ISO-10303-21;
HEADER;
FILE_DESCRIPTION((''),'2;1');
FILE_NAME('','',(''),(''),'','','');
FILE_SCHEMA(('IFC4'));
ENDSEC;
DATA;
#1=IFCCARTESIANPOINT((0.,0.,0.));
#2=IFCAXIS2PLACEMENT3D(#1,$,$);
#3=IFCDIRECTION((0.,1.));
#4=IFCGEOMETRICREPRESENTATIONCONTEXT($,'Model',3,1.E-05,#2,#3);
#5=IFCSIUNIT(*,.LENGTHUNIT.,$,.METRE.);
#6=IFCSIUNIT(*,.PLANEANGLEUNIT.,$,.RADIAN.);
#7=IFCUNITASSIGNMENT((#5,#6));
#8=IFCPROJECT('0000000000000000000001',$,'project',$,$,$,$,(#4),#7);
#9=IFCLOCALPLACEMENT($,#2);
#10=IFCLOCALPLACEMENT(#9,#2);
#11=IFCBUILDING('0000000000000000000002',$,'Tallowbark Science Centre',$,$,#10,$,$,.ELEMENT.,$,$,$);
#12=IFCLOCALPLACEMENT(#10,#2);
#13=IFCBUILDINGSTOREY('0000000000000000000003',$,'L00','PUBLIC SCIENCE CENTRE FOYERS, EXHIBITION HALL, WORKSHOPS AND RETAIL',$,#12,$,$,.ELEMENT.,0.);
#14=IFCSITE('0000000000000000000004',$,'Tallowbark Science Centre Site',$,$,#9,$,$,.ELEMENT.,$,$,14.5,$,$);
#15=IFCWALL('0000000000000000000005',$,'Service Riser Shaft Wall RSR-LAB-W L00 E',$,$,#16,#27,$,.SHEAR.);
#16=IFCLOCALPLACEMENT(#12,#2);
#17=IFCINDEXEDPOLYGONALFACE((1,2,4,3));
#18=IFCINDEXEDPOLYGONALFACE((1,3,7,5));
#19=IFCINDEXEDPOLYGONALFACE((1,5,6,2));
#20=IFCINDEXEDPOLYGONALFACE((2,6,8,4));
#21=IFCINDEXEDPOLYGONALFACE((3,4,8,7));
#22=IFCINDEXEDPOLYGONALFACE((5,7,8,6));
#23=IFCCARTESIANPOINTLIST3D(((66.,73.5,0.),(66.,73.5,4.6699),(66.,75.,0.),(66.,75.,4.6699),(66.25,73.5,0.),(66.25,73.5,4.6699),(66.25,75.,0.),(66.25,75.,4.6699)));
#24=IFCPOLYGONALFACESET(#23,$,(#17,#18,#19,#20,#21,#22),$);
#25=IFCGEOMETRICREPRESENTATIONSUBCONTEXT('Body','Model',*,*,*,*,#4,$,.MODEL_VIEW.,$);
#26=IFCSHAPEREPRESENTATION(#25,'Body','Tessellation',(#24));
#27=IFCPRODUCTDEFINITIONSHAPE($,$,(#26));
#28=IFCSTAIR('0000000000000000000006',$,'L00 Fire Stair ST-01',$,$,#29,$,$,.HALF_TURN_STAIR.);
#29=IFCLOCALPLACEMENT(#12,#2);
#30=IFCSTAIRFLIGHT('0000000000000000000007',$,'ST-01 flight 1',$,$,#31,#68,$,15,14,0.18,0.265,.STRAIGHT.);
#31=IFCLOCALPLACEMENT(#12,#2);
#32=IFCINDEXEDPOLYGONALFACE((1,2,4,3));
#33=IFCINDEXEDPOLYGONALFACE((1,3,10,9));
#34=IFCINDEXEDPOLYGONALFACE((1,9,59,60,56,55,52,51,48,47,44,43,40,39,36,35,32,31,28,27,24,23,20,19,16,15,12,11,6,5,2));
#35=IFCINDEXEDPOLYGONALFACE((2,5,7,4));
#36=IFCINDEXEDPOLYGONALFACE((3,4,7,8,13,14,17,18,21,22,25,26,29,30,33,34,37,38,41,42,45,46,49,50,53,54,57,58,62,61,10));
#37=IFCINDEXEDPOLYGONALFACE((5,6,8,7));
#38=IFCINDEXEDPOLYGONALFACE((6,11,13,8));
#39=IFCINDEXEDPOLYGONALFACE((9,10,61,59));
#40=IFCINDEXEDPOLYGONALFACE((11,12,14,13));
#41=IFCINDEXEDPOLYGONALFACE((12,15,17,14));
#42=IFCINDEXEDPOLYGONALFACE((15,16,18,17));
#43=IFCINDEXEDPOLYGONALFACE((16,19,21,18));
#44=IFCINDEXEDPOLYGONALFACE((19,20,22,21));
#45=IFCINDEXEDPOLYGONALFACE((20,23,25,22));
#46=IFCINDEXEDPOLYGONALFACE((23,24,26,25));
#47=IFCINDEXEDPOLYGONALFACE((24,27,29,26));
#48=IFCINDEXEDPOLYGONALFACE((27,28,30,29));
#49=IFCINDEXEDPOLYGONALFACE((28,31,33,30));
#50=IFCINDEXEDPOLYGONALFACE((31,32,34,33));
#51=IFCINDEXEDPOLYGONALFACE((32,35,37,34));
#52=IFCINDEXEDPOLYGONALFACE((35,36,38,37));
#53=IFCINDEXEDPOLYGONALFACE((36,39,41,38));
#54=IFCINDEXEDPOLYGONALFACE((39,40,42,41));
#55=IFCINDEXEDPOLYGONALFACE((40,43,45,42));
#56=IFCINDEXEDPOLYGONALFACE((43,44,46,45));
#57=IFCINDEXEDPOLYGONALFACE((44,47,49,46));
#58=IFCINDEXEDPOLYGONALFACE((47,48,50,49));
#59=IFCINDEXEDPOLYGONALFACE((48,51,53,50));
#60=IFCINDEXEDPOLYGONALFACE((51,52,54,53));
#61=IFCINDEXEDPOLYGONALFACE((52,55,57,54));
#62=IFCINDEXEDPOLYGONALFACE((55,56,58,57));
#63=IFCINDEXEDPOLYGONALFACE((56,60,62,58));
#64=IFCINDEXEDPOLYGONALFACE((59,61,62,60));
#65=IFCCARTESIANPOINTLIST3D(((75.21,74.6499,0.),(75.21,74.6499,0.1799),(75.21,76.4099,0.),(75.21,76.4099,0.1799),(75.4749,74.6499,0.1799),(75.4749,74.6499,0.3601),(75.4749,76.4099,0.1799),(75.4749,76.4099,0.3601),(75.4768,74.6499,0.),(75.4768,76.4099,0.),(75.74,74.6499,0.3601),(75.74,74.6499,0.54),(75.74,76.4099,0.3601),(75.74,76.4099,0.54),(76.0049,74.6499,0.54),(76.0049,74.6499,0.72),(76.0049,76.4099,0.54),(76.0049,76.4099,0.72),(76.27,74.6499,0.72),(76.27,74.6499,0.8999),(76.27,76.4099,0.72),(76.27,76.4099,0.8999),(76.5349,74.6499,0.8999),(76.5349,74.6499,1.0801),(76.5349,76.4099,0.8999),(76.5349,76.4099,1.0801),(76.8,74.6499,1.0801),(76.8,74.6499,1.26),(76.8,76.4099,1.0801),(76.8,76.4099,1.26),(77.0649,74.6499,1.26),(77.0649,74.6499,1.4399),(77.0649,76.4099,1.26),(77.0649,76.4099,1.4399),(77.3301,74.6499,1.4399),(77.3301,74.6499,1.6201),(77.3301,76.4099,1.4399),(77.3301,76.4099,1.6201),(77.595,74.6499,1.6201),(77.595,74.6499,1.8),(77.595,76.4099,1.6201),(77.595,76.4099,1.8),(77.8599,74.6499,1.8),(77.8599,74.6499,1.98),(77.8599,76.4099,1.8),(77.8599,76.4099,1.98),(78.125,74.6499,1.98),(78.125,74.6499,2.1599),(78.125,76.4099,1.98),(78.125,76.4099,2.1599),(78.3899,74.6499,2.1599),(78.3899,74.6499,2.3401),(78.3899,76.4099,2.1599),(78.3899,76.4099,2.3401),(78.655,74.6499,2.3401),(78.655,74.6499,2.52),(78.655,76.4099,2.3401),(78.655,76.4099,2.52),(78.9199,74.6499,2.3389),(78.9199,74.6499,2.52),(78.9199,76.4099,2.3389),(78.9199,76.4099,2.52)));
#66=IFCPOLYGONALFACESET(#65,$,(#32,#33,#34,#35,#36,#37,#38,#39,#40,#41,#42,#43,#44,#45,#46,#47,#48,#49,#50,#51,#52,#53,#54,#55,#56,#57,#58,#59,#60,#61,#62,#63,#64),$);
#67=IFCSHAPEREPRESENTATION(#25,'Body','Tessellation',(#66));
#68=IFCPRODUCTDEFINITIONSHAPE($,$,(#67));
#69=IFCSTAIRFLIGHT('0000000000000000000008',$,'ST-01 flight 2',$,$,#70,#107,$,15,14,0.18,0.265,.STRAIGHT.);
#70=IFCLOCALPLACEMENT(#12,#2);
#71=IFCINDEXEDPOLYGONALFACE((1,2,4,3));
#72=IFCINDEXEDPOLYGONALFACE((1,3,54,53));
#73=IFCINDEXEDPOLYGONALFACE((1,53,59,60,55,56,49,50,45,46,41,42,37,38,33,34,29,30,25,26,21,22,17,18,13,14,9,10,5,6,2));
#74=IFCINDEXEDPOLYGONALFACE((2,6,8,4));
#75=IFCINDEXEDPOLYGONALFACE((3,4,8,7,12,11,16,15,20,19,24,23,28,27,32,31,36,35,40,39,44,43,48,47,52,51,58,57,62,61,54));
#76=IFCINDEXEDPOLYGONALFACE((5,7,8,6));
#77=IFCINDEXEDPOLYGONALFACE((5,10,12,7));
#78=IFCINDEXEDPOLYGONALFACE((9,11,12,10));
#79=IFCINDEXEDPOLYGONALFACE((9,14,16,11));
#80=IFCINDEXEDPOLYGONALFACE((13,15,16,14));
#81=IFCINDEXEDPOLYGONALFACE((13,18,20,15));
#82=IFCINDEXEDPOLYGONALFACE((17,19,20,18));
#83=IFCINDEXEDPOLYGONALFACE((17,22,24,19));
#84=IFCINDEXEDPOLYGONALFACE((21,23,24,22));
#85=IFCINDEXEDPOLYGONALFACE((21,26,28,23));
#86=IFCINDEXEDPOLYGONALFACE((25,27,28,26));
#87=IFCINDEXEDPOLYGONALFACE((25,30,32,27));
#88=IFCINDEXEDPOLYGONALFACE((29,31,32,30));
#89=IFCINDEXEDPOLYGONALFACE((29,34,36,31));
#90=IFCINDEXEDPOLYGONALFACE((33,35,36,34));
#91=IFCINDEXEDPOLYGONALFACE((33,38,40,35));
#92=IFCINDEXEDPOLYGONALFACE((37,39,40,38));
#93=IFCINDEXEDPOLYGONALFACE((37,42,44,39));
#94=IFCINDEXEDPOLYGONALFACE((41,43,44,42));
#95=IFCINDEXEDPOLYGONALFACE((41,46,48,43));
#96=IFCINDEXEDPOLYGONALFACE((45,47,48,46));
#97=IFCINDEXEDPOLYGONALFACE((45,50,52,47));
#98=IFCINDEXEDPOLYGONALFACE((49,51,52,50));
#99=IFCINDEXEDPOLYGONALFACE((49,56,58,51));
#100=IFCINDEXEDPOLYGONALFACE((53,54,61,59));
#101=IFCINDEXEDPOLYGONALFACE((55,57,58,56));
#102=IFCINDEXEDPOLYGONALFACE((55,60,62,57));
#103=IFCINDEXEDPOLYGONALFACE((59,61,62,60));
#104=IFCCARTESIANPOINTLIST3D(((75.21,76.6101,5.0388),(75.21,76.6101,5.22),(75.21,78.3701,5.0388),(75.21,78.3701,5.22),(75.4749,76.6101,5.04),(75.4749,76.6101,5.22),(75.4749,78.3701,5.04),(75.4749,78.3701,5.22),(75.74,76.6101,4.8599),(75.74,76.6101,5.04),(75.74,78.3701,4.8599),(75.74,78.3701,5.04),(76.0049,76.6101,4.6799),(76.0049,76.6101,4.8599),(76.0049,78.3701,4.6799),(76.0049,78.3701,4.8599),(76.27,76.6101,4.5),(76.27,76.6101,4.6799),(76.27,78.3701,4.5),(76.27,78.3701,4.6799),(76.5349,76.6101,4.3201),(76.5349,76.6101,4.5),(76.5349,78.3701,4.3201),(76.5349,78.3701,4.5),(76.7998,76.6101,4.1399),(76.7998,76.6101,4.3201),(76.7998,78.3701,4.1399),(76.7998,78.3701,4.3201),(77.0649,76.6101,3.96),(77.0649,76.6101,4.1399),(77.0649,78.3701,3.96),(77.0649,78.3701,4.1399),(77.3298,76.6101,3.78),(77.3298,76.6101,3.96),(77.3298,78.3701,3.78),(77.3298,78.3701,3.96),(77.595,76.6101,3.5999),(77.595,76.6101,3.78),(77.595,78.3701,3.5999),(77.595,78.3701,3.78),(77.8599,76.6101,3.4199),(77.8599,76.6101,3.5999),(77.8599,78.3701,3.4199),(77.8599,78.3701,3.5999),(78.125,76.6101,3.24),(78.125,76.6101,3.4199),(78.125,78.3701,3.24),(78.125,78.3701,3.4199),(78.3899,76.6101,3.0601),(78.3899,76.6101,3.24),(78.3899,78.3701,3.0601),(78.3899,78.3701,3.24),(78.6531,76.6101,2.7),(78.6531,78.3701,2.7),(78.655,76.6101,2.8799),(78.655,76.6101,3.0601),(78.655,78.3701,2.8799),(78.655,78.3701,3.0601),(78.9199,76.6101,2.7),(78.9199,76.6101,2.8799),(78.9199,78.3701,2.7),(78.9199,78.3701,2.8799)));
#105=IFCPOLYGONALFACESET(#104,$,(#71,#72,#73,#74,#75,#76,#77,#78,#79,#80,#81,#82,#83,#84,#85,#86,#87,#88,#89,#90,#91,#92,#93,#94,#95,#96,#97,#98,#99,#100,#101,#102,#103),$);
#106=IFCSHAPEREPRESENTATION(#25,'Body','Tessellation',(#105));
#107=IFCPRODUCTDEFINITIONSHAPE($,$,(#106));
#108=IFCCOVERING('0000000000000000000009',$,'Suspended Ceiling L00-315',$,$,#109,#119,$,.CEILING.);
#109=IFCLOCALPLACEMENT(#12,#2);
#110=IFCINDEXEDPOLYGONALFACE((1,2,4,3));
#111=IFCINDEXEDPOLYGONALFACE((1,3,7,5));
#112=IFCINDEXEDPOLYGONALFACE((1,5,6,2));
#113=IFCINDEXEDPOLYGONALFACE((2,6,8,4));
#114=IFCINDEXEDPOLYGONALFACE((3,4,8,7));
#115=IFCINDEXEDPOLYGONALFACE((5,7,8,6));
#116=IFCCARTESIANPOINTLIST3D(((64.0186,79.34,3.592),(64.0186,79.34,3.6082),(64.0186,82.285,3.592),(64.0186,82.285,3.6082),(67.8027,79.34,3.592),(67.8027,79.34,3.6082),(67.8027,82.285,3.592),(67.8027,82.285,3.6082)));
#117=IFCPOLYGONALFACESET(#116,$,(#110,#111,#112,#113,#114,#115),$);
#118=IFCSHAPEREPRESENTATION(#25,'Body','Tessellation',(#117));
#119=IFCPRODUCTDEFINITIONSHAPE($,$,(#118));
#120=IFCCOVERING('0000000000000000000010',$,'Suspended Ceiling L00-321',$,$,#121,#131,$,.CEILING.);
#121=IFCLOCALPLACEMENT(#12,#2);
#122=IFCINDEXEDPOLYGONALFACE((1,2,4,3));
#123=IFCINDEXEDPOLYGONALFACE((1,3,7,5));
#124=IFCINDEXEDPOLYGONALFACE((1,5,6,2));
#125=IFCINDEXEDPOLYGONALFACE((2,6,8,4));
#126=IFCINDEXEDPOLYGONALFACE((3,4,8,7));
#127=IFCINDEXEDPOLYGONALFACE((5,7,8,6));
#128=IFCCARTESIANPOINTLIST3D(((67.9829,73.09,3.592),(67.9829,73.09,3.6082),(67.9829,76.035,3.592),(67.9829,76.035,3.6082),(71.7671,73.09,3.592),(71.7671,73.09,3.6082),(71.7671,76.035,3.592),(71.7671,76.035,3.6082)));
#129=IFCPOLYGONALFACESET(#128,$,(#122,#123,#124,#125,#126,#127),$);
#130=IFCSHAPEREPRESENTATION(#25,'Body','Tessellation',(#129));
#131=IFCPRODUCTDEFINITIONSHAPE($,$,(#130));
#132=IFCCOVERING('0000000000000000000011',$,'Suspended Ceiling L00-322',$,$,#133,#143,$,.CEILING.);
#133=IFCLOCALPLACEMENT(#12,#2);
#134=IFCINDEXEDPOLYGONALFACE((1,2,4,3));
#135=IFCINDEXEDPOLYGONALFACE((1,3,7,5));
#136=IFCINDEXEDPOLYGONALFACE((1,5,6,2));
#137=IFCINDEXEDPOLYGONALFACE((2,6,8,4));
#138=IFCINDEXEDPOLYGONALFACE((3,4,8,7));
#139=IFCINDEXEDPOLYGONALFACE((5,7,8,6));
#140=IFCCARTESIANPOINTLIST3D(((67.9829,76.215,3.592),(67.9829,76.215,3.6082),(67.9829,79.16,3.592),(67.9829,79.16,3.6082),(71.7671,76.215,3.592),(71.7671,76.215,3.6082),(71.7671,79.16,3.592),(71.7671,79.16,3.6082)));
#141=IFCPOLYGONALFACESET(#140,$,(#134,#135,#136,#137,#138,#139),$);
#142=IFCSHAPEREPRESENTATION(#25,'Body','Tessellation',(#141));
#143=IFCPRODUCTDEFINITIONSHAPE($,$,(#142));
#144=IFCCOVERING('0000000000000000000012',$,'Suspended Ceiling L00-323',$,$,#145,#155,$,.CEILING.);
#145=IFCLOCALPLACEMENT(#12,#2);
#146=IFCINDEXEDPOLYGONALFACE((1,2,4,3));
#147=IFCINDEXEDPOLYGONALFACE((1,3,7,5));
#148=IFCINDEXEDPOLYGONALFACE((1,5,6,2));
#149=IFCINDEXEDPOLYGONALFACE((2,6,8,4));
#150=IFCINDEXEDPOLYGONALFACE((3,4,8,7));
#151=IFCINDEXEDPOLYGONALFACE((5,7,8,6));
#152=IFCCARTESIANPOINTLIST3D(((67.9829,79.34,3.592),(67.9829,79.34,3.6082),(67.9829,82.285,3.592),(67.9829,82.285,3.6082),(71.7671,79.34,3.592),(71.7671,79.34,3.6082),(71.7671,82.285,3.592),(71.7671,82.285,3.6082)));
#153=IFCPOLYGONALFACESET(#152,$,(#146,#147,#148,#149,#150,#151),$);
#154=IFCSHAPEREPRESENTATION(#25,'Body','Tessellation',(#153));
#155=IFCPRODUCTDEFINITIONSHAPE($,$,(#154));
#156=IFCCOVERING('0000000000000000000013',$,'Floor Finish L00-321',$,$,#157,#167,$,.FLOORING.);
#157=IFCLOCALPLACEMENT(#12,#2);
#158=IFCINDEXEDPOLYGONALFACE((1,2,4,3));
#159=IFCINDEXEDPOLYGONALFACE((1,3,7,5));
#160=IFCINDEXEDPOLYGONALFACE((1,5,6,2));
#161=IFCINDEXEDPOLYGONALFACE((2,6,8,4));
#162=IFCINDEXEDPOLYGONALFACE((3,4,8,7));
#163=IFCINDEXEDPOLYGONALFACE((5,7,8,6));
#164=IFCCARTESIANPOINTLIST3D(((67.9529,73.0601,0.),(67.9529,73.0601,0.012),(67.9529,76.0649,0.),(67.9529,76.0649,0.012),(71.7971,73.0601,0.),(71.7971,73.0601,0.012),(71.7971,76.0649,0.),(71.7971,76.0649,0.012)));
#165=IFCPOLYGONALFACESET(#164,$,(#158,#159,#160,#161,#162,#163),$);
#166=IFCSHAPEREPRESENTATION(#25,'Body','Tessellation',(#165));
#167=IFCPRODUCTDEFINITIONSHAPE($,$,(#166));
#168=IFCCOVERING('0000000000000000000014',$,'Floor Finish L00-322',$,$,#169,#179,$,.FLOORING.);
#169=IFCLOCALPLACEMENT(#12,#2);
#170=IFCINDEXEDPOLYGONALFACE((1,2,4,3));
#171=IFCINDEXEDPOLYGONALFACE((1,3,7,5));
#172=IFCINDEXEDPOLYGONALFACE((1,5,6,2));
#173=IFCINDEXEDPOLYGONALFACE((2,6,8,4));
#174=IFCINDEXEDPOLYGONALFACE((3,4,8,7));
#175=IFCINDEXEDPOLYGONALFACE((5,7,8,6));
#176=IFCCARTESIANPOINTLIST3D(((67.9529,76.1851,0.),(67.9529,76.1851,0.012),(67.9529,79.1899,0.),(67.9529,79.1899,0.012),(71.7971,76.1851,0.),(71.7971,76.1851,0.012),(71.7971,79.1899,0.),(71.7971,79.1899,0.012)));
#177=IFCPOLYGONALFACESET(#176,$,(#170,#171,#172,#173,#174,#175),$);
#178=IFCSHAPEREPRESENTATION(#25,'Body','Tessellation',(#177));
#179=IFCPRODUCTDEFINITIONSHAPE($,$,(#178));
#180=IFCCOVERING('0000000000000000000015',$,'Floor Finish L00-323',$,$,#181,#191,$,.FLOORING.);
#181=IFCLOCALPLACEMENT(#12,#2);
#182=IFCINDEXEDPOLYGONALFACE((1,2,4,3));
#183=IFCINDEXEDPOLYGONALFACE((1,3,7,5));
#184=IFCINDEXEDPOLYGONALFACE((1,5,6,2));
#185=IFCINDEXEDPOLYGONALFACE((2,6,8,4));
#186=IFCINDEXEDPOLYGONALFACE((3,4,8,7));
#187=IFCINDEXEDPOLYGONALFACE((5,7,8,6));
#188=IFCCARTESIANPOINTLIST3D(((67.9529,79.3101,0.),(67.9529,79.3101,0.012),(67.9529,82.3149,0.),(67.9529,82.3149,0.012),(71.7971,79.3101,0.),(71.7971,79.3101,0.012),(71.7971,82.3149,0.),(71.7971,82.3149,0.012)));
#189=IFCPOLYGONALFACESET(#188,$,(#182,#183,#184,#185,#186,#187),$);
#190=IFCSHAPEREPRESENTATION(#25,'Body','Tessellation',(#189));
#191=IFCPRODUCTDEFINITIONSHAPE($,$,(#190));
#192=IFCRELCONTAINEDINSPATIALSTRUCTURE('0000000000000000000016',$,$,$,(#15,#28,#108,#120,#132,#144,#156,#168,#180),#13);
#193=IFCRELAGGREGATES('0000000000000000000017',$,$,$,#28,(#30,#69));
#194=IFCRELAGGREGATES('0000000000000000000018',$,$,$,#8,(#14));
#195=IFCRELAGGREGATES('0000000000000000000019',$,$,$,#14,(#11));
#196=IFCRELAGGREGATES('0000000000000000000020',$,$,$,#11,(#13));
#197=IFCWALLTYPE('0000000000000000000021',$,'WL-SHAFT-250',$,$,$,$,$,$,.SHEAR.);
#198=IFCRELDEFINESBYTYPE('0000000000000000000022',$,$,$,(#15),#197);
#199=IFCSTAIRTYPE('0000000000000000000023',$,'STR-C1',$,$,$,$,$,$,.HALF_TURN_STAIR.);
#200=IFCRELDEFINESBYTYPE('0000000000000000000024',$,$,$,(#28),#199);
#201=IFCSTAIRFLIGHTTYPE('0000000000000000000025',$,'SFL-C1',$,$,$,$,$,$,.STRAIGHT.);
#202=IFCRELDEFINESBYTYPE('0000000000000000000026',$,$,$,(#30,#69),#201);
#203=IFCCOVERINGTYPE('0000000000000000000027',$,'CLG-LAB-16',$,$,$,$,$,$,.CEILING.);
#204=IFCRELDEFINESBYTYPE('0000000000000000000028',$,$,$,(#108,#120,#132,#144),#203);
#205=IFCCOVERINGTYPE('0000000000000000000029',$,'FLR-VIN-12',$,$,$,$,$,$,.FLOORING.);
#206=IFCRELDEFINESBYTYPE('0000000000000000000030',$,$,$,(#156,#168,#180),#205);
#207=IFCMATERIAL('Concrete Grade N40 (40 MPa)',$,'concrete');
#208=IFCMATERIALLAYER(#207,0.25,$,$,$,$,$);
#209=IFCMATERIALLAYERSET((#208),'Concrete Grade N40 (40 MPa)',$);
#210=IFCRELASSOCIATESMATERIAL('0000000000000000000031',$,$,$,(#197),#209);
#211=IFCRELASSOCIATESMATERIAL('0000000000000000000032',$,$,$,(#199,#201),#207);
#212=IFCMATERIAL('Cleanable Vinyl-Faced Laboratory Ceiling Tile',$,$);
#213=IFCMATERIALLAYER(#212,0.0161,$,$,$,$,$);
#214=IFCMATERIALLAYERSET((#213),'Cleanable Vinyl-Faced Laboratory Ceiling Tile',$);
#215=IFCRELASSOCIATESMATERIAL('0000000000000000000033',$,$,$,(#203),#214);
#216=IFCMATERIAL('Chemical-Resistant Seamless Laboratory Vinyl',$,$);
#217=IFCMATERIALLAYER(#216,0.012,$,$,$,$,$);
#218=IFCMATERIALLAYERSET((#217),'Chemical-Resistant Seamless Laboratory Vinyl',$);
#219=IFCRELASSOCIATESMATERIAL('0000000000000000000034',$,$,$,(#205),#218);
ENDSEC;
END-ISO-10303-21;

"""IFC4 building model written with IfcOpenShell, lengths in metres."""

from ifc_helpers import new_model, si_unit, direction, frame, frame_2d, origin, origin_2d, place, context, subcontext, project, spatial, polyline, rectangle, outline, extrude, material, layer, layer_set, type_object, element, aggregate, save


model = new_model("IFC4")

# Units and contexts
model_context = context("Model", 3, precision=1e-05, world=origin(), true_north=direction((0.0, 1.0)))
body_context = subcontext(model_context, "Body", "Model", "MODEL_VIEW")
ifc_project = project(units=[si_unit("LENGTHUNIT", "METRE"), si_unit("PLANEANGLEUNIT", "RADIAN")], contexts=[model_context])

# Site, building, storey
site_placement = place(None, origin())
site = spatial("IfcSite", under=ifc_project, at=site_placement, Name="Tallowbark Science Centre Site", CompositionType="ELEMENT", RefElevation=14.5)
building_placement = place(site_placement, origin())
building = spatial("IfcBuilding", under=site, at=building_placement, Name="Tallowbark Science Centre", CompositionType="ELEMENT")
storey_placement = place(building_placement, origin())
storey = spatial("IfcBuildingStorey", under=building, at=storey_placement, Name="L00", Description="PUBLIC SCIENCE CENTRE FOYERS, EXHIBITION HALL, WORKSHOPS AND RETAIL", CompositionType="ELEMENT", Elevation=0.0)

# Shared definitions
ifc_material_1 = material(Name="Concrete Grade N40 (40 MPa)", Category="concrete")

# Wall
ifc_layer_1 = layer(ifc_material_1, 0.25)
ifc_layer_set_1 = layer_set([ifc_layer_1], Name="Concrete Grade N40 (40 MPa)")
wall_type_1 = type_object("IfcWallType", Name="WL-SHAFT-250", PredefinedType="SHEAR", material=ifc_layer_set_1)
wall_1_placement = place(storey_placement, frame((66.125, 73.5, 0.0), z_axis=(0.0, 0.0, 1.0), x_axis=(0.0, 1.0, 0.0)))
element("IfcWall", 1, at=wall_1_placement, inside=storey, type_object=wall_type_1, Name="Service Riser Shaft Wall RSR-LAB-W L00 E", PredefinedType="SHEAR", context=body_context, shape_type="SweptSolid", body=[
    extrude(rectangle(XDim=1.5, YDim=0.25, at=frame_2d((0.75, 0.0))), origin(), (0.0, 0.0, 1.0), 4.6699),
])

# Stair, stair flights
stair_type = type_object("IfcStairType", Name="STR-C1", PredefinedType="HALF_TURN_STAIR", material=ifc_material_1)
stair_placement = place(storey_placement, origin())
stair = element("IfcStair", 2, at=stair_placement, inside=storey, type_object=stair_type, Name="L00 Fire Stair ST-01", PredefinedType="HALF_TURN_STAIR")
stair_flight_type = type_object("IfcStairFlightType", Name="SFL-C1", PredefinedType="STRAIGHT", material=ifc_material_1)
stair_flight_1_placement = place(storey_placement, frame((75.21, 75.53, 0.0), z_axis=(0.0, 0.0, 1.0), x_axis=(1.0, 0.0, 0.0)))
stair_flight_1 = element("IfcStairFlight", 3, at=stair_flight_1_placement, type_object=stair_flight_type, Name="ST-01 flight 1", NumberOfRisers=15, NumberOfTreads=14, PredefinedType="STRAIGHT", RiserHeight=0.18, TreadLength=0.265, context=body_context, shape_type="SweptSolid", body=[
    extrude(outline(polyline([(0.0, 0.0), (0.0, 0.1799), (0.2649, 0.1799), (0.2649, 0.3601), (0.53, 0.3601), (0.53, 0.54), (0.7949, 0.54), (0.7949, 0.72), (1.0601, 0.72), (1.0601, 0.8999), (1.325, 0.8999), (1.325, 1.0801), (1.5901, 1.0801), (1.5901, 1.26), (1.855, 1.26), (1.855, 1.4399), (2.1201, 1.4399), (2.1201, 1.6201), (2.385, 1.6201), (2.385, 1.8), (2.6499, 1.8), (2.6499, 1.98), (2.915, 1.98), (2.915, 2.1599), (3.1799, 2.1599), (3.1799, 2.3401), (3.4451, 2.3401), (3.4451, 2.52), (3.71, 2.52), (3.71, 2.7), (3.71, 2.3389), (0.2668, 0.0), (0.0, 0.0)])), frame((0.0, 0.8799, 0.0), z_axis=(0.0, -1.0, 0.0), x_axis=(1.0, 0.0, 0.0)), (0.0, 0.0, 1.0), 1.76),
])
stair_flight_2_placement = place(storey_placement, frame((78.9199, 77.49, 2.7), z_axis=(0.0, 0.0, 1.0), x_axis=(-1.0, 0.0, 0.0)))
stair_flight_2 = element("IfcStairFlight", 4, at=stair_flight_2_placement, type_object=stair_flight_type, Name="ST-01 flight 2", NumberOfRisers=15, NumberOfTreads=14, PredefinedType="STRAIGHT", RiserHeight=0.18, TreadLength=0.265, context=body_context, shape_type="SweptSolid", body=[
    extrude(outline(polyline([(0.0, 0.0), (0.0, 0.1799), (0.2649, 0.1799), (0.2649, 0.3601), (0.53, 0.3601), (0.53, 0.54), (0.7949, 0.54), (0.7949, 0.72), (1.0601, 0.72), (1.0601, 0.8999), (1.325, 0.8999), (1.325, 1.0801), (1.5901, 1.0801), (1.5901, 1.26), (1.855, 1.26), (1.855, 1.4399), (2.1201, 1.4399), (2.1201, 1.6201), (2.385, 1.6201), (2.385, 1.8), (2.6499, 1.8), (2.6499, 1.98), (2.915, 1.98), (2.915, 2.1599), (3.1799, 2.1599), (3.1799, 2.3401), (3.4451, 2.3401), (3.4451, 2.52), (3.71, 2.52), (3.71, 2.7), (3.71, 2.3389), (0.2668, 0.0), (0.0, 0.0)])), frame((0.0, 0.8799, 0.0), z_axis=(0.0, -1.0, 0.0), x_axis=(1.0, 0.0, 0.0)), (0.0, 0.0, 1.0), 1.76),
])
aggregate(stair, [stair_flight_1, stair_flight_2])

# Coverings
ifc_material_2 = material(Name="Cleanable Vinyl-Faced Laboratory Ceiling Tile")
ifc_layer_2 = layer(ifc_material_2, 0.0161)
ifc_layer_set_2 = layer_set([ifc_layer_2], Name="Cleanable Vinyl-Faced Laboratory Ceiling Tile")
covering_type_1 = type_object("IfcCoveringType", Name="CLG-LAB-16", PredefinedType="CEILING", material=ifc_layer_set_2)
for number, where, z_axis, x_axis, name in (
    (5, (65.9106, 80.8125, 3.592), (0.0, 0.0, 1.0), (1.0, 0.0, 0.0), "Suspended Ceiling L00-315"),
    (6, (69.875, 74.5625, 3.592), (0.0, 0.0, 1.0), (1.0, 0.0, 0.0), "Suspended Ceiling L00-321"),
    (7, (69.875, 77.6875, 3.592), (0.0, 0.0, 1.0), (1.0, 0.0, 0.0), "Suspended Ceiling L00-322"),
    (8, (69.875, 80.8125, 3.592), (0.0, 0.0, 1.0), (1.0, 0.0, 0.0), "Suspended Ceiling L00-323"),
):
    element("IfcCovering", number, at=place(storey_placement, frame(where, z_axis=z_axis, x_axis=x_axis)), inside=storey, type_object=covering_type_1, Name=name, PredefinedType="CEILING", context=body_context, shape_type="SweptSolid", body=[
        extrude(rectangle(XDim=3.7842, YDim=2.9451, at=origin_2d()), origin(), (0.0, 0.0, 1.0), 0.0161),
    ])
ifc_material_3 = material(Name="Chemical-Resistant Seamless Laboratory Vinyl")
ifc_layer_3 = layer(ifc_material_3, 0.012)
ifc_layer_set_3 = layer_set([ifc_layer_3], Name="Chemical-Resistant Seamless Laboratory Vinyl")
covering_type_2 = type_object("IfcCoveringType", Name="FLR-VIN-12", PredefinedType="FLOORING", material=ifc_layer_set_3)
for number, where, z_axis, x_axis, name in (
    (9, (69.875, 74.5625, 0.0), (0.0, 0.0, 1.0), (1.0, 0.0, 0.0), "Floor Finish L00-321"),
    (10, (69.875, 77.6875, 0.0), (0.0, 0.0, 1.0), (1.0, 0.0, 0.0), "Floor Finish L00-322"),
    (11, (69.875, 80.8125, 0.0), (0.0, 0.0, 1.0), (1.0, 0.0, 0.0), "Floor Finish L00-323"),
):
    element("IfcCovering", number, at=place(storey_placement, frame(where, z_axis=z_axis, x_axis=x_axis)), inside=storey, type_object=covering_type_2, Name=name, PredefinedType="FLOORING", context=body_context, shape_type="SweptSolid", body=[
        extrude(rectangle(XDim=3.8442, YDim=3.0049, at=origin_2d()), origin(), (0.0, 0.0, 1.0), 0.012),
    ])

save(model, "model.ifc")
